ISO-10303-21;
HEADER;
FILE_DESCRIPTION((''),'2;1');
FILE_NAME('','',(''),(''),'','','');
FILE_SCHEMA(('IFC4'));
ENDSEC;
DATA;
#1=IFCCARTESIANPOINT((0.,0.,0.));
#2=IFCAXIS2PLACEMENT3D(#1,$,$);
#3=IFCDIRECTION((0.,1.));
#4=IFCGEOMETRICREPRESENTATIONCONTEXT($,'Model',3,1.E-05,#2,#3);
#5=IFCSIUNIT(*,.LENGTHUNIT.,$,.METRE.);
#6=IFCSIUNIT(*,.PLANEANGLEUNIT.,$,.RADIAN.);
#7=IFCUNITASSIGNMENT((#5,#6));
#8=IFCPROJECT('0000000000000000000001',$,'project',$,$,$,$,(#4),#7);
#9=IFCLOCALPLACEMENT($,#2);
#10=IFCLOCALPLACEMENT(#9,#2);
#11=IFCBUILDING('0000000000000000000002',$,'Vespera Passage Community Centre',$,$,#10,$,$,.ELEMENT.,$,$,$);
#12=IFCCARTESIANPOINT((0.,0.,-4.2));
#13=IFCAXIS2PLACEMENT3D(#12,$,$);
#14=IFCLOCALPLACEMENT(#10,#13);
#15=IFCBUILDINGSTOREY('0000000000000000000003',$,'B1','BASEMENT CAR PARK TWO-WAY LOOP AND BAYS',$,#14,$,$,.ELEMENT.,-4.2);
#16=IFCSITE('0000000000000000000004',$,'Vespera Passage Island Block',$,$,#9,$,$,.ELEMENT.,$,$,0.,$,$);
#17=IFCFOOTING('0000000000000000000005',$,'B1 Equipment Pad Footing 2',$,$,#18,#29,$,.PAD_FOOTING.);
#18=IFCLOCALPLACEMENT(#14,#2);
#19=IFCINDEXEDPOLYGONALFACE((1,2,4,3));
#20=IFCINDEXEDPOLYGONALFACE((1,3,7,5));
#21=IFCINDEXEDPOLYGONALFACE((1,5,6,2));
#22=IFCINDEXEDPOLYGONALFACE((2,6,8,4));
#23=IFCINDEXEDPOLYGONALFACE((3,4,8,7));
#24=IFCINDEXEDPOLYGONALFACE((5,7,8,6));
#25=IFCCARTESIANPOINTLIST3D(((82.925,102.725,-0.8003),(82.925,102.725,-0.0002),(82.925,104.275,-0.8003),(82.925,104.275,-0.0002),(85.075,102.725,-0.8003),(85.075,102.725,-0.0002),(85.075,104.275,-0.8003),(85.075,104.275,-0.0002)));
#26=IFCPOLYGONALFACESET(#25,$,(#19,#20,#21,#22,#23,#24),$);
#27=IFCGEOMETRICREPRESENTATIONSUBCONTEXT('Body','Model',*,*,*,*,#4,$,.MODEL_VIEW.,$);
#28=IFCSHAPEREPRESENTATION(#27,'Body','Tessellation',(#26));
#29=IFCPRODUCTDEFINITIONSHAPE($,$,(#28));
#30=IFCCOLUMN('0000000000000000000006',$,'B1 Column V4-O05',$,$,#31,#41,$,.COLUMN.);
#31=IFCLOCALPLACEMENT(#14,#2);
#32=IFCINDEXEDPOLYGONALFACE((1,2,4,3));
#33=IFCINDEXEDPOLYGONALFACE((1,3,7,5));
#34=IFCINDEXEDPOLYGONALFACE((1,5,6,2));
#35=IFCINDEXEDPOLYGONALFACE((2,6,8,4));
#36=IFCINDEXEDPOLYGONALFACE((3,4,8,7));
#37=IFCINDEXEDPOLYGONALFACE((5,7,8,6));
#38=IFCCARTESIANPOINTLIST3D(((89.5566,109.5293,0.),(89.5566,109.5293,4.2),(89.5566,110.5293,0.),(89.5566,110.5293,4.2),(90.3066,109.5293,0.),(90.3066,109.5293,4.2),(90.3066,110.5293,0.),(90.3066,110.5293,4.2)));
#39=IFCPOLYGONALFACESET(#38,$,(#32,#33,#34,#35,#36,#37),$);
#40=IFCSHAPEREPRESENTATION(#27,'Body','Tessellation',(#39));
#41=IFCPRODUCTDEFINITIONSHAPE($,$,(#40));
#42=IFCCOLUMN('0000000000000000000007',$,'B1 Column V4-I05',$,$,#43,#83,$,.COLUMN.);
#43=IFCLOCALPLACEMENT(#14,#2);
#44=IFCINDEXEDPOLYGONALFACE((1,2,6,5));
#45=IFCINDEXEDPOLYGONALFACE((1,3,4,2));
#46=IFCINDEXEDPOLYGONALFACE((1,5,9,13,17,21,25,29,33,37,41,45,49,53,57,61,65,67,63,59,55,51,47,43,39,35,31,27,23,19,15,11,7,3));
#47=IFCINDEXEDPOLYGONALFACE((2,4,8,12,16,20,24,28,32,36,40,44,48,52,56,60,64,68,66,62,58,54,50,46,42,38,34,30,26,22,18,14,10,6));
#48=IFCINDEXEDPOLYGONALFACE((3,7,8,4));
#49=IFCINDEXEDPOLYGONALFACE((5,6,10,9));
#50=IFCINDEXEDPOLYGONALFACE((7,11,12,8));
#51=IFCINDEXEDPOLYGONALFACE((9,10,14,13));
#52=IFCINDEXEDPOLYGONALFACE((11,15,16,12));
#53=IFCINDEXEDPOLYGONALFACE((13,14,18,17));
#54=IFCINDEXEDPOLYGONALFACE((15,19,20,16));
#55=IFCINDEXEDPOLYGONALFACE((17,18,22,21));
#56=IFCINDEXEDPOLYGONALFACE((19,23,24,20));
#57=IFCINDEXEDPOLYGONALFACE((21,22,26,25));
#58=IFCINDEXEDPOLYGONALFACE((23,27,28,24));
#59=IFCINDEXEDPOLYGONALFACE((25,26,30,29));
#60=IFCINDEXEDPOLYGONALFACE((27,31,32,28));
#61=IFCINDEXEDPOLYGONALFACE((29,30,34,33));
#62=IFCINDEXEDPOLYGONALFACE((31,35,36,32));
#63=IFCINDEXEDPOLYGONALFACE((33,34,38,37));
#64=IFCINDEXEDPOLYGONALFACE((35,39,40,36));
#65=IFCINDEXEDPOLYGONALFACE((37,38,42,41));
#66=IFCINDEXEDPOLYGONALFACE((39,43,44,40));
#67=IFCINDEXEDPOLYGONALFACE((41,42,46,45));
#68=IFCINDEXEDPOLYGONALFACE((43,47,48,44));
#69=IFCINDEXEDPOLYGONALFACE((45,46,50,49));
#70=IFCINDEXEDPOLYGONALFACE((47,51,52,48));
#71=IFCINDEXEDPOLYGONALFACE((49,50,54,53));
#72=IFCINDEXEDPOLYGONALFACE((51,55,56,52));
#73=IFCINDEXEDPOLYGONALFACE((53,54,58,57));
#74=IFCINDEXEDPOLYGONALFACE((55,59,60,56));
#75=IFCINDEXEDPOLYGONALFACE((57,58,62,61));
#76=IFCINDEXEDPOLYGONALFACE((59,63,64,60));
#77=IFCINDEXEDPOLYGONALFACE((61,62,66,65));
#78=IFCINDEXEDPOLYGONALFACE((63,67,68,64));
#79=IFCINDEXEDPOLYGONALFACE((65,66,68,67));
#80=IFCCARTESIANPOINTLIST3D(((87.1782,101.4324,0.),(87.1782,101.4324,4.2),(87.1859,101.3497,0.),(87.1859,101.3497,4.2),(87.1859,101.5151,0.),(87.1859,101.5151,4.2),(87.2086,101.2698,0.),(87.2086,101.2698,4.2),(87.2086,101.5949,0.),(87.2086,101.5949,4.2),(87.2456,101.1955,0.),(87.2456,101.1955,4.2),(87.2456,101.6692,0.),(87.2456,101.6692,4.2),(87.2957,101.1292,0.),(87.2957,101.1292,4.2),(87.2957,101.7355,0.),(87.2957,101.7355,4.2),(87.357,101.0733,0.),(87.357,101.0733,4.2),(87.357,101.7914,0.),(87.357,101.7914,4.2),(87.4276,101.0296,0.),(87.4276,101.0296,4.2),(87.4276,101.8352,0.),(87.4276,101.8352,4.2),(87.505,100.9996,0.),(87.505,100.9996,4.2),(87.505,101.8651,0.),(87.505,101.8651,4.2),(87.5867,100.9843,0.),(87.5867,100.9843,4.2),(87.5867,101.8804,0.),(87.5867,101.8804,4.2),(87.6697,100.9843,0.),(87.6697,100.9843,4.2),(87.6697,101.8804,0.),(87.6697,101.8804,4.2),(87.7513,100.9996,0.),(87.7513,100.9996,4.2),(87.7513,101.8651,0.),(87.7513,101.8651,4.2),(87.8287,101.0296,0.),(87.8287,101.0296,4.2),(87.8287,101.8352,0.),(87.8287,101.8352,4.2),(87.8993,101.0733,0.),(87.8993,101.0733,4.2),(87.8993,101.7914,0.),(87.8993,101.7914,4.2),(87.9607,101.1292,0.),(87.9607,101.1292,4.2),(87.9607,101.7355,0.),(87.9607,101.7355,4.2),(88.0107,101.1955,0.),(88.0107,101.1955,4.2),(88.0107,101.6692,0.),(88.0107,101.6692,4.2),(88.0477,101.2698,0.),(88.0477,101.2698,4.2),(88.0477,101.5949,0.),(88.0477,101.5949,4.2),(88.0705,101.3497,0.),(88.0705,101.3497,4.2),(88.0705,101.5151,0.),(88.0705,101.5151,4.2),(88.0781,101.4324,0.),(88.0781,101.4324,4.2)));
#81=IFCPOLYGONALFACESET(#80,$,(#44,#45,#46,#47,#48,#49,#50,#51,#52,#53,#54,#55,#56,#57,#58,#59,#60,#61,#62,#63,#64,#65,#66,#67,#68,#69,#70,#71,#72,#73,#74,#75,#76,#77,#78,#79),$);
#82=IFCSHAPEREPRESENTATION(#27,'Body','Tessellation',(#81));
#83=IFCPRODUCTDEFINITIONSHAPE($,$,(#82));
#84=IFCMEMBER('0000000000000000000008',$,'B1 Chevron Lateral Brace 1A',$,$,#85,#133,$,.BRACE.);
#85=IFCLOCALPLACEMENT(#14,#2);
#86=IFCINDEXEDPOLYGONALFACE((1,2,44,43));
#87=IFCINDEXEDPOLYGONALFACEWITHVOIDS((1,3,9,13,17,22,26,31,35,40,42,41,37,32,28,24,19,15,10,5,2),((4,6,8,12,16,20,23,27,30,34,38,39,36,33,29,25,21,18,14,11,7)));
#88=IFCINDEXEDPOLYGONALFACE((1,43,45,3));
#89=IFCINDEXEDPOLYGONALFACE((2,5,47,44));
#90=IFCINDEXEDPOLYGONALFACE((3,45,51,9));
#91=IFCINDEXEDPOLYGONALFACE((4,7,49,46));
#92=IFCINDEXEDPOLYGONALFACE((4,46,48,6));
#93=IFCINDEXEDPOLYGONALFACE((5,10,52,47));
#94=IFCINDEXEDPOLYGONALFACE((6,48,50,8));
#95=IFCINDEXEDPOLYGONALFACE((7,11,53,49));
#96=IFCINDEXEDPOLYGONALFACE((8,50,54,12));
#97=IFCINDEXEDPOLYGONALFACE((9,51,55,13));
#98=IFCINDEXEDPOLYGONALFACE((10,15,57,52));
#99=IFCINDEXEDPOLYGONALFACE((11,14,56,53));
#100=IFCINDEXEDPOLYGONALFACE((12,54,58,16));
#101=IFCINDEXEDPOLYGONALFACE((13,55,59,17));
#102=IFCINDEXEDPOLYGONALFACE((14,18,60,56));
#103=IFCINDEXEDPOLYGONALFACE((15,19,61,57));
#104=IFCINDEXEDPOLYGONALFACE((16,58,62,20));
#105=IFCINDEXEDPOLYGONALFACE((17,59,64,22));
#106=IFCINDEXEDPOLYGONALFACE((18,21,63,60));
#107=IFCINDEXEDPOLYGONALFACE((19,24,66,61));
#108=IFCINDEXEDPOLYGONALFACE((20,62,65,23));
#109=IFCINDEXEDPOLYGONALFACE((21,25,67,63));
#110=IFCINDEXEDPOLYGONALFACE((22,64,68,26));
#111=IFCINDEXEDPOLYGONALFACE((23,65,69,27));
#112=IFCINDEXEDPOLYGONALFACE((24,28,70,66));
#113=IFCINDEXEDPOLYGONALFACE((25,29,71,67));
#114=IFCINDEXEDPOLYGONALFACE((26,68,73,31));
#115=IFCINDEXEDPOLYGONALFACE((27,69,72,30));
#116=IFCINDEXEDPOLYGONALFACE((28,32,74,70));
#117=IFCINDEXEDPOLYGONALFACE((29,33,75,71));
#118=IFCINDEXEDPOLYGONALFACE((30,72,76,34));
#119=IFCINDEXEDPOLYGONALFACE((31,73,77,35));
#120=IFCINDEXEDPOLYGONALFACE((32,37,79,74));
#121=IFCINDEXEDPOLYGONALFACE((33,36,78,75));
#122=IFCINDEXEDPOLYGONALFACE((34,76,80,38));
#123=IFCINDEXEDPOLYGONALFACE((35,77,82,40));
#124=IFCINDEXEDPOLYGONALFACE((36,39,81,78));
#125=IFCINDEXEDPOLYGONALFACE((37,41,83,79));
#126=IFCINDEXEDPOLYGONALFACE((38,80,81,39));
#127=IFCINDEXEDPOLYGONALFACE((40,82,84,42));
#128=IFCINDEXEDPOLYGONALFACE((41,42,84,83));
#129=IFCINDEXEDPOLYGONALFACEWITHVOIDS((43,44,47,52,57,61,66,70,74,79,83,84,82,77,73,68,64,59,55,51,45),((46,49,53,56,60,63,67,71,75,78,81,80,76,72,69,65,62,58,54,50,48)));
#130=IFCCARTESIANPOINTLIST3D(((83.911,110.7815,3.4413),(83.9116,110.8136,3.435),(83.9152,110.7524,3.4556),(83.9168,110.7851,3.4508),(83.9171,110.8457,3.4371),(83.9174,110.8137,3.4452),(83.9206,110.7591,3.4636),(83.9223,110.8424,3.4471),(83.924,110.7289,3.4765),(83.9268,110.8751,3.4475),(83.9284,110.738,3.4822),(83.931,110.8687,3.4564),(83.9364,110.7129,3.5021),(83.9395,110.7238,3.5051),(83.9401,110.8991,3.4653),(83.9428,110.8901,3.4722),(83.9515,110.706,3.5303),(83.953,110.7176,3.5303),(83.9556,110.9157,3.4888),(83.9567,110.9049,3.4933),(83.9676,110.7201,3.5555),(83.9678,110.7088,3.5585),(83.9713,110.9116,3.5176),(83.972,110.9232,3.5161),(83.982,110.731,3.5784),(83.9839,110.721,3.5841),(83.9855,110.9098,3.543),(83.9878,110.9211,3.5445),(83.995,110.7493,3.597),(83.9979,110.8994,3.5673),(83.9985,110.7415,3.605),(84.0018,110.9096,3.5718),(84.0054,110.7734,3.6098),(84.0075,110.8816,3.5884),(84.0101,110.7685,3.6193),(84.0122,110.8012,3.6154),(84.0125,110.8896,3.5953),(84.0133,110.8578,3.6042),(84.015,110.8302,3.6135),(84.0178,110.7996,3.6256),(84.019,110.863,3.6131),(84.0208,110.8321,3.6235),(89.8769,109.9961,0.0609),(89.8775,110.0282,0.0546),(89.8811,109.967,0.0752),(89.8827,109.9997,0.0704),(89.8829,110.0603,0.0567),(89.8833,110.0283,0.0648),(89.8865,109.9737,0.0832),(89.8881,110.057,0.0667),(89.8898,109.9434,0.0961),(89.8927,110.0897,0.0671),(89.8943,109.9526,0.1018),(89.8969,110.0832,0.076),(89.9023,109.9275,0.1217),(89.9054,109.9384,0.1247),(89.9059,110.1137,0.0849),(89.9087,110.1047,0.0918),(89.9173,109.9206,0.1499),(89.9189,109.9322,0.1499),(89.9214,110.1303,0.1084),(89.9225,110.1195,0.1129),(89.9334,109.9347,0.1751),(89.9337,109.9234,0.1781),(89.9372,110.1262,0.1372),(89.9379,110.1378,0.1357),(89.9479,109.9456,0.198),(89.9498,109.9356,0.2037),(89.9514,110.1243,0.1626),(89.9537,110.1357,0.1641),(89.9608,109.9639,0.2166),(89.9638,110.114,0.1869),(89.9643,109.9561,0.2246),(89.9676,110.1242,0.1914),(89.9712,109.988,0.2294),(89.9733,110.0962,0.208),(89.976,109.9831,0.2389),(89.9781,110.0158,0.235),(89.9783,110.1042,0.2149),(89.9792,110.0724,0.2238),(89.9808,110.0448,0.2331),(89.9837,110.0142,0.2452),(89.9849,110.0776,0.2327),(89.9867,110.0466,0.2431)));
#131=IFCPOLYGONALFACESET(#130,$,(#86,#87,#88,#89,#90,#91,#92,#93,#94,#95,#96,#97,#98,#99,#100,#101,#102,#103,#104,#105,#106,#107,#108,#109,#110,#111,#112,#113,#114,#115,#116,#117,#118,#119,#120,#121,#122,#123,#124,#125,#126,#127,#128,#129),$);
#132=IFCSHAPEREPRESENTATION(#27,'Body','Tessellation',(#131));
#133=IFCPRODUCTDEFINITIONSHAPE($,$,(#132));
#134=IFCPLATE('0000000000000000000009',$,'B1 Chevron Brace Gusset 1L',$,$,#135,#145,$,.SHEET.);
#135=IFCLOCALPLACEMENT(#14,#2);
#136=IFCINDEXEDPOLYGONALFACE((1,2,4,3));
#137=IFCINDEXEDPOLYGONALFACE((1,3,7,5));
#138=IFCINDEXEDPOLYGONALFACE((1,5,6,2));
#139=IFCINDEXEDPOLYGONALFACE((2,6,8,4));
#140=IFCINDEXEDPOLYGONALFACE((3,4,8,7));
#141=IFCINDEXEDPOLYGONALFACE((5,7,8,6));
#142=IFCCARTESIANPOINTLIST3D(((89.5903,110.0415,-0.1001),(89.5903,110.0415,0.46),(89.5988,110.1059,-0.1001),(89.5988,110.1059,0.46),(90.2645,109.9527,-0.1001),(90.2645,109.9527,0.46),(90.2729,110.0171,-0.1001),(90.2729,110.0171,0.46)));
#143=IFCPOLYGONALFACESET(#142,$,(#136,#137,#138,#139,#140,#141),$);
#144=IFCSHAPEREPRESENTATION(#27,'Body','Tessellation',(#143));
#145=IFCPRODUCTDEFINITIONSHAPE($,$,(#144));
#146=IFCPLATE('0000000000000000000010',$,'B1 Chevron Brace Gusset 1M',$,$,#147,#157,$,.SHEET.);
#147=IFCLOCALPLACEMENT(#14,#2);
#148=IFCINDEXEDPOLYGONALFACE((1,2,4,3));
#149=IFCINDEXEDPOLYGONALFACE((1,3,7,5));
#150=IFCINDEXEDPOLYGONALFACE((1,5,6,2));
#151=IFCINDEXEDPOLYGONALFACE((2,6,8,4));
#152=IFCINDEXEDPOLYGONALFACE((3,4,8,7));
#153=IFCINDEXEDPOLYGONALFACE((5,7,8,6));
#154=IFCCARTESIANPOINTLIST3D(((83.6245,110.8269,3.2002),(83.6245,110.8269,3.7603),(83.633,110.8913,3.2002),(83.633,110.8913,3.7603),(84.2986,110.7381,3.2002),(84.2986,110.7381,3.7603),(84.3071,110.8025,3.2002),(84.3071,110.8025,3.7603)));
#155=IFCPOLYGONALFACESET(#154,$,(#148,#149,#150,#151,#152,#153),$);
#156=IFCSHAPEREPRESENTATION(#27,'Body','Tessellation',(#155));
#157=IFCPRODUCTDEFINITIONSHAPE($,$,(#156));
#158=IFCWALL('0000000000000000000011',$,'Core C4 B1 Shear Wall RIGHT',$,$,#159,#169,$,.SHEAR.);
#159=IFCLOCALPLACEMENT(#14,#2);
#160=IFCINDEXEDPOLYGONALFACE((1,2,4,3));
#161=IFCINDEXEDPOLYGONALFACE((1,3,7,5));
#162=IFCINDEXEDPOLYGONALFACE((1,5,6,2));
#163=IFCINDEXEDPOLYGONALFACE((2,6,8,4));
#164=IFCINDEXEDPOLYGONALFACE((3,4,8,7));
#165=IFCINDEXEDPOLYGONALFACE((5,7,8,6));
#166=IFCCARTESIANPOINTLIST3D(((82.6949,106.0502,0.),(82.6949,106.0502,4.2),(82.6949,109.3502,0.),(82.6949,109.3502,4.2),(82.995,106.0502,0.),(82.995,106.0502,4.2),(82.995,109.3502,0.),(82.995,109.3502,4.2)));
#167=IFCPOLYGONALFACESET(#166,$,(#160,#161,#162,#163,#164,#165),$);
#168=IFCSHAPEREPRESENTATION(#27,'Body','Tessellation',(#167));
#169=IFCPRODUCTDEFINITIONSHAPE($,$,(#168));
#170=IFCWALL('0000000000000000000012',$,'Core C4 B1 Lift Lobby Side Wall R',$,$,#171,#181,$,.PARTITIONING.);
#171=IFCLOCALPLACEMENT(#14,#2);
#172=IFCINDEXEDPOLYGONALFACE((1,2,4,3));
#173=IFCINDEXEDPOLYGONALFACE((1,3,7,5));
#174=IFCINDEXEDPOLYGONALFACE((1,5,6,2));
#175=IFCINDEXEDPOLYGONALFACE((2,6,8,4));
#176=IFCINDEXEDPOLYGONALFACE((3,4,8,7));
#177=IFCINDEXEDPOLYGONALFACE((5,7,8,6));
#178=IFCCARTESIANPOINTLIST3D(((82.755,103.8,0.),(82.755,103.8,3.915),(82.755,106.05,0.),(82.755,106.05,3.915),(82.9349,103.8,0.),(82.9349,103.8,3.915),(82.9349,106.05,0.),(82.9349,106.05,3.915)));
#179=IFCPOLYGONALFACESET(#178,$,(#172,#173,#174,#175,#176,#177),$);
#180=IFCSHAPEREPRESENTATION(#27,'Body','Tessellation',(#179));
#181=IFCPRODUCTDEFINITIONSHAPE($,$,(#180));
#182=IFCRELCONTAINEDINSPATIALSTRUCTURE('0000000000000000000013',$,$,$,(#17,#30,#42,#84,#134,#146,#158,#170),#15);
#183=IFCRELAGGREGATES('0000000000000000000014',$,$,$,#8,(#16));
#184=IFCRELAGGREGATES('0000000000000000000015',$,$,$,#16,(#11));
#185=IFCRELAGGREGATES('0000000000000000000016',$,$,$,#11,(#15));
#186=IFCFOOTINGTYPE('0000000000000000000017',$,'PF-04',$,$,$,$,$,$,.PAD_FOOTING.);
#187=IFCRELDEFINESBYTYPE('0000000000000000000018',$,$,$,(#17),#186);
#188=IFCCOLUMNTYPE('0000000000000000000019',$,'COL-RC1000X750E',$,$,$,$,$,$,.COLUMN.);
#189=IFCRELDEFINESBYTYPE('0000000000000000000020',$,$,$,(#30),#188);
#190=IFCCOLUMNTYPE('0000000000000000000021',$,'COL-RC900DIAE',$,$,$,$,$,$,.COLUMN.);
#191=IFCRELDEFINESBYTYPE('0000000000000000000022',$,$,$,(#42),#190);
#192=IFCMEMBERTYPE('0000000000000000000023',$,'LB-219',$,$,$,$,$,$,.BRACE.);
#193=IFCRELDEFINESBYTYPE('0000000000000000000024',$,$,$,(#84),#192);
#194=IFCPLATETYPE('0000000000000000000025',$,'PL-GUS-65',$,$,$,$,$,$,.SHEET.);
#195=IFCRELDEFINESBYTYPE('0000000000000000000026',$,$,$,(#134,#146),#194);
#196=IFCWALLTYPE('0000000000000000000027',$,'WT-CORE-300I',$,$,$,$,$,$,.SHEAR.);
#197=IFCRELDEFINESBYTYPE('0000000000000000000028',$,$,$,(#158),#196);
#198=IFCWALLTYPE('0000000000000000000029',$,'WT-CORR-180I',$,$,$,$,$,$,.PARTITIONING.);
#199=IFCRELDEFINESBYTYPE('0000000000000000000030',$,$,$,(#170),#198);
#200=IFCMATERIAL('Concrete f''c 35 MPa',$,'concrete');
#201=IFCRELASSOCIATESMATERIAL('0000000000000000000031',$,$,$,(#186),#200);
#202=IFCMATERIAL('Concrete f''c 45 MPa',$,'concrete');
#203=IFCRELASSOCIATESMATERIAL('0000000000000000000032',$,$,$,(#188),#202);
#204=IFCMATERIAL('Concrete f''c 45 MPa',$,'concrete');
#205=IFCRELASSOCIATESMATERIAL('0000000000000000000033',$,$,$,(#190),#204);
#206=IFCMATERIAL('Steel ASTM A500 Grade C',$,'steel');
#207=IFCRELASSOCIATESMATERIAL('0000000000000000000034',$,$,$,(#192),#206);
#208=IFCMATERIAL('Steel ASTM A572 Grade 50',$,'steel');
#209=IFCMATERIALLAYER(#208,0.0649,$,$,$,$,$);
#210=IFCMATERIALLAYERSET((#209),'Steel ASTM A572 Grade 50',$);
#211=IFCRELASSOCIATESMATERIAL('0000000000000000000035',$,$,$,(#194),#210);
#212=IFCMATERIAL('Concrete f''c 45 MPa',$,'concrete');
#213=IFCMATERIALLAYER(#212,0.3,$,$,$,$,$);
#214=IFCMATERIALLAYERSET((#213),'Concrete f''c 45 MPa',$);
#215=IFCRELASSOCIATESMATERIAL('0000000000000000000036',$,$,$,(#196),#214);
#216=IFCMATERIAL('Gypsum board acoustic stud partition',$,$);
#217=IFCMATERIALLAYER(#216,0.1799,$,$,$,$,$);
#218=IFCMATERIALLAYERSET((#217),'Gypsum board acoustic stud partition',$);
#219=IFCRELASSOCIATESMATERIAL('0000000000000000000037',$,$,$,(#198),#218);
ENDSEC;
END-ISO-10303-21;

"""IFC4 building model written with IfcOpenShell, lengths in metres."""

from ifc_helpers import new_model, si_unit, direction, frame, frame_2d, origin, origin_2d, place, context, subcontext, project, spatial, rectangle, circle, hollow_circle, extrude, material, layer, layer_set, material_profile, profile_set, type_object, element, save


model = new_model("IFC4")

# Units and contexts
model_context = context("Model", 3, precision=1e-05, world=origin(), true_north=direction((0.0, 1.0)))
body_context = subcontext(model_context, "Body", "Model", "MODEL_VIEW")
ifc_project = project(units=[si_unit("LENGTHUNIT", "METRE"), si_unit("PLANEANGLEUNIT", "RADIAN")], contexts=[model_context])

# Site, building, storey
site_placement = place(None, origin())
site = spatial("IfcSite", under=ifc_project, at=site_placement, Name="Vespera Passage Island Block", CompositionType="ELEMENT", RefElevation=0.0)
building_placement = place(site_placement, origin())
building = spatial("IfcBuilding", under=site, at=building_placement, Name="Vespera Passage Community Centre", CompositionType="ELEMENT")
storey_placement = place(building_placement, frame((0.0, 0.0, -4.2)))
storey = spatial("IfcBuildingStorey", under=building, at=storey_placement, Name="B1", Description="BASEMENT CAR PARK TWO-WAY LOOP AND BAYS", CompositionType="ELEMENT", Elevation=-4.2)

# Footing
ifc_material_1 = material(Name="Concrete f'c 35 MPa", Category="concrete")
footing_type_1 = type_object("IfcFootingType", Name="PF-04", PredefinedType="PAD_FOOTING", material=ifc_material_1)
footing_1_placement = place(storey_placement, frame((84.0, 103.5, -0.8003), z_axis=(0.0, 0.0, 1.0), x_axis=(1.0, 0.0, 0.0)))
element("IfcFooting", 1, at=footing_1_placement, inside=storey, type_object=footing_type_1, Name="B1 Equipment Pad Footing 2", PredefinedType="PAD_FOOTING", context=body_context, shape_type="SweptSolid", body=[
    extrude(rectangle(XDim=2.1499, YDim=1.55, at=origin_2d()), origin(), (0.0, 0.0, 1.0), 0.8),
])

# Columns
ifc_material_2 = material(Name="Concrete f'c 45 MPa", Category="concrete")
ifc_material_profile_1 = material_profile(ifc_material_2, rectangle(XDim=0.75, YDim=1.0, at=origin_2d()), Name="RC1000X750")
ifc_profile_set_1 = profile_set([ifc_material_profile_1], Name="Concrete f'c 45 MPa")
column_type_1 = type_object("IfcColumnType", Name="COL-RC1000X750E", PredefinedType="COLUMN", material=ifc_profile_set_1)
column_1_placement = place(storey_placement, frame((89.9316, 110.0293, 0.0), z_axis=(0.0, 0.0, 1.0), x_axis=(1.0, 0.0, 0.0)))
element("IfcColumn", 2, at=column_1_placement, inside=storey, type_object=column_type_1, Name="B1 Column V4-O05", PredefinedType="COLUMN", context=body_context, shape_type="SweptSolid", body=[
    extrude(rectangle(XDim=0.75, YDim=1.0, at=origin_2d()), origin(), (0.0, 0.0, 1.0), 4.2),
])
ifc_material_3 = material(Name="Concrete f'c 45 MPa", Category="concrete")
ifc_material_profile_2 = material_profile(ifc_material_3, circle(Radius=0.45, at=origin_2d()), Name="RC900DIA")
ifc_profile_set_2 = profile_set([ifc_material_profile_2], Name="Concrete f'c 45 MPa")
column_type_2 = type_object("IfcColumnType", Name="COL-RC900DIAE", PredefinedType="COLUMN", material=ifc_profile_set_2)
column_2_placement = place(storey_placement, frame((87.6282, 101.4324, 0.0), z_axis=(0.0, 0.0, 1.0), x_axis=(1.0, 0.0, 0.0)))
element("IfcColumn", 3, at=column_2_placement, inside=storey, type_object=column_type_2, Name="B1 Column V4-I05", PredefinedType="COLUMN", context=body_context, shape_type="SweptSolid", body=[
    extrude(circle(Radius=0.45, at=origin_2d()), origin(), (0.0, 0.0, 1.0), 4.2),
])

# Member
ifc_material_4 = material(Name="Steel ASTM A500 Grade C", Category="steel")
ifc_material_profile_3 = material_profile(ifc_material_4, hollow_circle(Radius=0.1096, WallThickness=0.0117, at=origin_2d()), Name="CHS219X12.7")
ifc_profile_set_3 = profile_set([ifc_material_profile_3], Name="Steel ASTM A500 Grade C")
member_type = type_object("IfcMemberType", Name="LB-219", PredefinedType="BRACE", material=ifc_profile_set_3)
member_placement = place(storey_placement, frame((89.9316, 110.0293, 0.1499), z_axis=(-0.864387, 0.113797, 0.489781), x_axis=(-0.130524, -0.991445, 0.0)))
element("IfcMember", 4, at=member_placement, inside=storey, type_object=member_type, Name="B1 Chevron Lateral Brace 1A", PredefinedType="BRACE", context=body_context, shape_type="SweptSolid", body=[
    extrude(hollow_circle(Radius=0.1096, WallThickness=0.0117, at=origin_2d()), origin(), (0.0, 0.0, 1.0), 6.9019),
])

# Plates
ifc_material_5 = material(Name="Steel ASTM A572 Grade 50", Category="steel")
ifc_layer_1 = layer(ifc_material_5, 0.0649)
ifc_layer_set_1 = layer_set([ifc_layer_1], Name="Steel ASTM A572 Grade 50")
plate_type = type_object("IfcPlateType", Name="PL-GUS-65", PredefinedType="SHEET", material=ifc_layer_set_1)
for number, where, z_axis, x_axis, name in (
    (5, (89.9316, 110.0293, -0.1001), (0.0, 0.0, 1.0), (-0.991445, 0.130526, 0.0), "B1 Chevron Brace Gusset 1L"),
    (6, (83.9658, 110.8147, 3.2002), (0.0, 0.0, 1.0), (-0.991445, 0.130526, 0.0), "B1 Chevron Brace Gusset 1M"),
):
    element("IfcPlate", number, at=place(storey_placement, frame(where, z_axis=z_axis, x_axis=x_axis)), inside=storey, type_object=plate_type, Name=name, PredefinedType="SHEET", context=body_context, shape_type="SweptSolid", body=[
        extrude(rectangle(XDim=0.6799, YDim=0.0649, at=origin_2d()), origin(), (0.0, 0.0, 1.0), 0.5601),
    ])

# Walls
ifc_material_6 = material(Name="Concrete f'c 45 MPa", Category="concrete")
ifc_layer_2 = layer(ifc_material_6, 0.3)
ifc_layer_set_2 = layer_set([ifc_layer_2], Name="Concrete f'c 45 MPa")
wall_type_1 = type_object("IfcWallType", Name="WT-CORE-300I", PredefinedType="SHEAR", material=ifc_layer_set_2)
wall_1_placement = place(storey_placement, frame((82.845, 109.3501, 0.0), z_axis=(0.0, 0.0, 1.0), x_axis=(0.0, -1.0, 0.0)))
element("IfcWall", 7, at=wall_1_placement, inside=storey, type_object=wall_type_1, Name="Core C4 B1 Shear Wall RIGHT", PredefinedType="SHEAR", context=body_context, shape_type="SweptSolid", body=[
    extrude(rectangle(XDim=3.3, YDim=0.3, at=frame_2d((1.6499, 0.0))), origin(), (0.0, 0.0, 1.0), 4.2),
])
ifc_material_7 = material(Name="Gypsum board acoustic stud partition")
ifc_layer_3 = layer(ifc_material_7, 0.1799)
ifc_layer_set_3 = layer_set([ifc_layer_3], Name="Gypsum board acoustic stud partition")
wall_type_2 = type_object("IfcWallType", Name="WT-CORR-180I", PredefinedType="PARTITIONING", material=ifc_layer_set_3)
wall_2_placement = place(storey_placement, frame((82.845, 106.05, 0.0), z_axis=(0.0, 0.0, 1.0), x_axis=(0.0, -1.0, 0.0)))
element("IfcWall", 8, at=wall_2_placement, inside=storey, type_object=wall_type_2, Name="Core C4 B1 Lift Lobby Side Wall R", PredefinedType="PARTITIONING", context=body_context, shape_type="SweptSolid", body=[
    extrude(rectangle(XDim=2.25, YDim=0.1799, at=frame_2d((1.125, 0.0))), origin(), (0.0, 0.0, 1.0), 3.915),
])

save(model, "model.ifc")
